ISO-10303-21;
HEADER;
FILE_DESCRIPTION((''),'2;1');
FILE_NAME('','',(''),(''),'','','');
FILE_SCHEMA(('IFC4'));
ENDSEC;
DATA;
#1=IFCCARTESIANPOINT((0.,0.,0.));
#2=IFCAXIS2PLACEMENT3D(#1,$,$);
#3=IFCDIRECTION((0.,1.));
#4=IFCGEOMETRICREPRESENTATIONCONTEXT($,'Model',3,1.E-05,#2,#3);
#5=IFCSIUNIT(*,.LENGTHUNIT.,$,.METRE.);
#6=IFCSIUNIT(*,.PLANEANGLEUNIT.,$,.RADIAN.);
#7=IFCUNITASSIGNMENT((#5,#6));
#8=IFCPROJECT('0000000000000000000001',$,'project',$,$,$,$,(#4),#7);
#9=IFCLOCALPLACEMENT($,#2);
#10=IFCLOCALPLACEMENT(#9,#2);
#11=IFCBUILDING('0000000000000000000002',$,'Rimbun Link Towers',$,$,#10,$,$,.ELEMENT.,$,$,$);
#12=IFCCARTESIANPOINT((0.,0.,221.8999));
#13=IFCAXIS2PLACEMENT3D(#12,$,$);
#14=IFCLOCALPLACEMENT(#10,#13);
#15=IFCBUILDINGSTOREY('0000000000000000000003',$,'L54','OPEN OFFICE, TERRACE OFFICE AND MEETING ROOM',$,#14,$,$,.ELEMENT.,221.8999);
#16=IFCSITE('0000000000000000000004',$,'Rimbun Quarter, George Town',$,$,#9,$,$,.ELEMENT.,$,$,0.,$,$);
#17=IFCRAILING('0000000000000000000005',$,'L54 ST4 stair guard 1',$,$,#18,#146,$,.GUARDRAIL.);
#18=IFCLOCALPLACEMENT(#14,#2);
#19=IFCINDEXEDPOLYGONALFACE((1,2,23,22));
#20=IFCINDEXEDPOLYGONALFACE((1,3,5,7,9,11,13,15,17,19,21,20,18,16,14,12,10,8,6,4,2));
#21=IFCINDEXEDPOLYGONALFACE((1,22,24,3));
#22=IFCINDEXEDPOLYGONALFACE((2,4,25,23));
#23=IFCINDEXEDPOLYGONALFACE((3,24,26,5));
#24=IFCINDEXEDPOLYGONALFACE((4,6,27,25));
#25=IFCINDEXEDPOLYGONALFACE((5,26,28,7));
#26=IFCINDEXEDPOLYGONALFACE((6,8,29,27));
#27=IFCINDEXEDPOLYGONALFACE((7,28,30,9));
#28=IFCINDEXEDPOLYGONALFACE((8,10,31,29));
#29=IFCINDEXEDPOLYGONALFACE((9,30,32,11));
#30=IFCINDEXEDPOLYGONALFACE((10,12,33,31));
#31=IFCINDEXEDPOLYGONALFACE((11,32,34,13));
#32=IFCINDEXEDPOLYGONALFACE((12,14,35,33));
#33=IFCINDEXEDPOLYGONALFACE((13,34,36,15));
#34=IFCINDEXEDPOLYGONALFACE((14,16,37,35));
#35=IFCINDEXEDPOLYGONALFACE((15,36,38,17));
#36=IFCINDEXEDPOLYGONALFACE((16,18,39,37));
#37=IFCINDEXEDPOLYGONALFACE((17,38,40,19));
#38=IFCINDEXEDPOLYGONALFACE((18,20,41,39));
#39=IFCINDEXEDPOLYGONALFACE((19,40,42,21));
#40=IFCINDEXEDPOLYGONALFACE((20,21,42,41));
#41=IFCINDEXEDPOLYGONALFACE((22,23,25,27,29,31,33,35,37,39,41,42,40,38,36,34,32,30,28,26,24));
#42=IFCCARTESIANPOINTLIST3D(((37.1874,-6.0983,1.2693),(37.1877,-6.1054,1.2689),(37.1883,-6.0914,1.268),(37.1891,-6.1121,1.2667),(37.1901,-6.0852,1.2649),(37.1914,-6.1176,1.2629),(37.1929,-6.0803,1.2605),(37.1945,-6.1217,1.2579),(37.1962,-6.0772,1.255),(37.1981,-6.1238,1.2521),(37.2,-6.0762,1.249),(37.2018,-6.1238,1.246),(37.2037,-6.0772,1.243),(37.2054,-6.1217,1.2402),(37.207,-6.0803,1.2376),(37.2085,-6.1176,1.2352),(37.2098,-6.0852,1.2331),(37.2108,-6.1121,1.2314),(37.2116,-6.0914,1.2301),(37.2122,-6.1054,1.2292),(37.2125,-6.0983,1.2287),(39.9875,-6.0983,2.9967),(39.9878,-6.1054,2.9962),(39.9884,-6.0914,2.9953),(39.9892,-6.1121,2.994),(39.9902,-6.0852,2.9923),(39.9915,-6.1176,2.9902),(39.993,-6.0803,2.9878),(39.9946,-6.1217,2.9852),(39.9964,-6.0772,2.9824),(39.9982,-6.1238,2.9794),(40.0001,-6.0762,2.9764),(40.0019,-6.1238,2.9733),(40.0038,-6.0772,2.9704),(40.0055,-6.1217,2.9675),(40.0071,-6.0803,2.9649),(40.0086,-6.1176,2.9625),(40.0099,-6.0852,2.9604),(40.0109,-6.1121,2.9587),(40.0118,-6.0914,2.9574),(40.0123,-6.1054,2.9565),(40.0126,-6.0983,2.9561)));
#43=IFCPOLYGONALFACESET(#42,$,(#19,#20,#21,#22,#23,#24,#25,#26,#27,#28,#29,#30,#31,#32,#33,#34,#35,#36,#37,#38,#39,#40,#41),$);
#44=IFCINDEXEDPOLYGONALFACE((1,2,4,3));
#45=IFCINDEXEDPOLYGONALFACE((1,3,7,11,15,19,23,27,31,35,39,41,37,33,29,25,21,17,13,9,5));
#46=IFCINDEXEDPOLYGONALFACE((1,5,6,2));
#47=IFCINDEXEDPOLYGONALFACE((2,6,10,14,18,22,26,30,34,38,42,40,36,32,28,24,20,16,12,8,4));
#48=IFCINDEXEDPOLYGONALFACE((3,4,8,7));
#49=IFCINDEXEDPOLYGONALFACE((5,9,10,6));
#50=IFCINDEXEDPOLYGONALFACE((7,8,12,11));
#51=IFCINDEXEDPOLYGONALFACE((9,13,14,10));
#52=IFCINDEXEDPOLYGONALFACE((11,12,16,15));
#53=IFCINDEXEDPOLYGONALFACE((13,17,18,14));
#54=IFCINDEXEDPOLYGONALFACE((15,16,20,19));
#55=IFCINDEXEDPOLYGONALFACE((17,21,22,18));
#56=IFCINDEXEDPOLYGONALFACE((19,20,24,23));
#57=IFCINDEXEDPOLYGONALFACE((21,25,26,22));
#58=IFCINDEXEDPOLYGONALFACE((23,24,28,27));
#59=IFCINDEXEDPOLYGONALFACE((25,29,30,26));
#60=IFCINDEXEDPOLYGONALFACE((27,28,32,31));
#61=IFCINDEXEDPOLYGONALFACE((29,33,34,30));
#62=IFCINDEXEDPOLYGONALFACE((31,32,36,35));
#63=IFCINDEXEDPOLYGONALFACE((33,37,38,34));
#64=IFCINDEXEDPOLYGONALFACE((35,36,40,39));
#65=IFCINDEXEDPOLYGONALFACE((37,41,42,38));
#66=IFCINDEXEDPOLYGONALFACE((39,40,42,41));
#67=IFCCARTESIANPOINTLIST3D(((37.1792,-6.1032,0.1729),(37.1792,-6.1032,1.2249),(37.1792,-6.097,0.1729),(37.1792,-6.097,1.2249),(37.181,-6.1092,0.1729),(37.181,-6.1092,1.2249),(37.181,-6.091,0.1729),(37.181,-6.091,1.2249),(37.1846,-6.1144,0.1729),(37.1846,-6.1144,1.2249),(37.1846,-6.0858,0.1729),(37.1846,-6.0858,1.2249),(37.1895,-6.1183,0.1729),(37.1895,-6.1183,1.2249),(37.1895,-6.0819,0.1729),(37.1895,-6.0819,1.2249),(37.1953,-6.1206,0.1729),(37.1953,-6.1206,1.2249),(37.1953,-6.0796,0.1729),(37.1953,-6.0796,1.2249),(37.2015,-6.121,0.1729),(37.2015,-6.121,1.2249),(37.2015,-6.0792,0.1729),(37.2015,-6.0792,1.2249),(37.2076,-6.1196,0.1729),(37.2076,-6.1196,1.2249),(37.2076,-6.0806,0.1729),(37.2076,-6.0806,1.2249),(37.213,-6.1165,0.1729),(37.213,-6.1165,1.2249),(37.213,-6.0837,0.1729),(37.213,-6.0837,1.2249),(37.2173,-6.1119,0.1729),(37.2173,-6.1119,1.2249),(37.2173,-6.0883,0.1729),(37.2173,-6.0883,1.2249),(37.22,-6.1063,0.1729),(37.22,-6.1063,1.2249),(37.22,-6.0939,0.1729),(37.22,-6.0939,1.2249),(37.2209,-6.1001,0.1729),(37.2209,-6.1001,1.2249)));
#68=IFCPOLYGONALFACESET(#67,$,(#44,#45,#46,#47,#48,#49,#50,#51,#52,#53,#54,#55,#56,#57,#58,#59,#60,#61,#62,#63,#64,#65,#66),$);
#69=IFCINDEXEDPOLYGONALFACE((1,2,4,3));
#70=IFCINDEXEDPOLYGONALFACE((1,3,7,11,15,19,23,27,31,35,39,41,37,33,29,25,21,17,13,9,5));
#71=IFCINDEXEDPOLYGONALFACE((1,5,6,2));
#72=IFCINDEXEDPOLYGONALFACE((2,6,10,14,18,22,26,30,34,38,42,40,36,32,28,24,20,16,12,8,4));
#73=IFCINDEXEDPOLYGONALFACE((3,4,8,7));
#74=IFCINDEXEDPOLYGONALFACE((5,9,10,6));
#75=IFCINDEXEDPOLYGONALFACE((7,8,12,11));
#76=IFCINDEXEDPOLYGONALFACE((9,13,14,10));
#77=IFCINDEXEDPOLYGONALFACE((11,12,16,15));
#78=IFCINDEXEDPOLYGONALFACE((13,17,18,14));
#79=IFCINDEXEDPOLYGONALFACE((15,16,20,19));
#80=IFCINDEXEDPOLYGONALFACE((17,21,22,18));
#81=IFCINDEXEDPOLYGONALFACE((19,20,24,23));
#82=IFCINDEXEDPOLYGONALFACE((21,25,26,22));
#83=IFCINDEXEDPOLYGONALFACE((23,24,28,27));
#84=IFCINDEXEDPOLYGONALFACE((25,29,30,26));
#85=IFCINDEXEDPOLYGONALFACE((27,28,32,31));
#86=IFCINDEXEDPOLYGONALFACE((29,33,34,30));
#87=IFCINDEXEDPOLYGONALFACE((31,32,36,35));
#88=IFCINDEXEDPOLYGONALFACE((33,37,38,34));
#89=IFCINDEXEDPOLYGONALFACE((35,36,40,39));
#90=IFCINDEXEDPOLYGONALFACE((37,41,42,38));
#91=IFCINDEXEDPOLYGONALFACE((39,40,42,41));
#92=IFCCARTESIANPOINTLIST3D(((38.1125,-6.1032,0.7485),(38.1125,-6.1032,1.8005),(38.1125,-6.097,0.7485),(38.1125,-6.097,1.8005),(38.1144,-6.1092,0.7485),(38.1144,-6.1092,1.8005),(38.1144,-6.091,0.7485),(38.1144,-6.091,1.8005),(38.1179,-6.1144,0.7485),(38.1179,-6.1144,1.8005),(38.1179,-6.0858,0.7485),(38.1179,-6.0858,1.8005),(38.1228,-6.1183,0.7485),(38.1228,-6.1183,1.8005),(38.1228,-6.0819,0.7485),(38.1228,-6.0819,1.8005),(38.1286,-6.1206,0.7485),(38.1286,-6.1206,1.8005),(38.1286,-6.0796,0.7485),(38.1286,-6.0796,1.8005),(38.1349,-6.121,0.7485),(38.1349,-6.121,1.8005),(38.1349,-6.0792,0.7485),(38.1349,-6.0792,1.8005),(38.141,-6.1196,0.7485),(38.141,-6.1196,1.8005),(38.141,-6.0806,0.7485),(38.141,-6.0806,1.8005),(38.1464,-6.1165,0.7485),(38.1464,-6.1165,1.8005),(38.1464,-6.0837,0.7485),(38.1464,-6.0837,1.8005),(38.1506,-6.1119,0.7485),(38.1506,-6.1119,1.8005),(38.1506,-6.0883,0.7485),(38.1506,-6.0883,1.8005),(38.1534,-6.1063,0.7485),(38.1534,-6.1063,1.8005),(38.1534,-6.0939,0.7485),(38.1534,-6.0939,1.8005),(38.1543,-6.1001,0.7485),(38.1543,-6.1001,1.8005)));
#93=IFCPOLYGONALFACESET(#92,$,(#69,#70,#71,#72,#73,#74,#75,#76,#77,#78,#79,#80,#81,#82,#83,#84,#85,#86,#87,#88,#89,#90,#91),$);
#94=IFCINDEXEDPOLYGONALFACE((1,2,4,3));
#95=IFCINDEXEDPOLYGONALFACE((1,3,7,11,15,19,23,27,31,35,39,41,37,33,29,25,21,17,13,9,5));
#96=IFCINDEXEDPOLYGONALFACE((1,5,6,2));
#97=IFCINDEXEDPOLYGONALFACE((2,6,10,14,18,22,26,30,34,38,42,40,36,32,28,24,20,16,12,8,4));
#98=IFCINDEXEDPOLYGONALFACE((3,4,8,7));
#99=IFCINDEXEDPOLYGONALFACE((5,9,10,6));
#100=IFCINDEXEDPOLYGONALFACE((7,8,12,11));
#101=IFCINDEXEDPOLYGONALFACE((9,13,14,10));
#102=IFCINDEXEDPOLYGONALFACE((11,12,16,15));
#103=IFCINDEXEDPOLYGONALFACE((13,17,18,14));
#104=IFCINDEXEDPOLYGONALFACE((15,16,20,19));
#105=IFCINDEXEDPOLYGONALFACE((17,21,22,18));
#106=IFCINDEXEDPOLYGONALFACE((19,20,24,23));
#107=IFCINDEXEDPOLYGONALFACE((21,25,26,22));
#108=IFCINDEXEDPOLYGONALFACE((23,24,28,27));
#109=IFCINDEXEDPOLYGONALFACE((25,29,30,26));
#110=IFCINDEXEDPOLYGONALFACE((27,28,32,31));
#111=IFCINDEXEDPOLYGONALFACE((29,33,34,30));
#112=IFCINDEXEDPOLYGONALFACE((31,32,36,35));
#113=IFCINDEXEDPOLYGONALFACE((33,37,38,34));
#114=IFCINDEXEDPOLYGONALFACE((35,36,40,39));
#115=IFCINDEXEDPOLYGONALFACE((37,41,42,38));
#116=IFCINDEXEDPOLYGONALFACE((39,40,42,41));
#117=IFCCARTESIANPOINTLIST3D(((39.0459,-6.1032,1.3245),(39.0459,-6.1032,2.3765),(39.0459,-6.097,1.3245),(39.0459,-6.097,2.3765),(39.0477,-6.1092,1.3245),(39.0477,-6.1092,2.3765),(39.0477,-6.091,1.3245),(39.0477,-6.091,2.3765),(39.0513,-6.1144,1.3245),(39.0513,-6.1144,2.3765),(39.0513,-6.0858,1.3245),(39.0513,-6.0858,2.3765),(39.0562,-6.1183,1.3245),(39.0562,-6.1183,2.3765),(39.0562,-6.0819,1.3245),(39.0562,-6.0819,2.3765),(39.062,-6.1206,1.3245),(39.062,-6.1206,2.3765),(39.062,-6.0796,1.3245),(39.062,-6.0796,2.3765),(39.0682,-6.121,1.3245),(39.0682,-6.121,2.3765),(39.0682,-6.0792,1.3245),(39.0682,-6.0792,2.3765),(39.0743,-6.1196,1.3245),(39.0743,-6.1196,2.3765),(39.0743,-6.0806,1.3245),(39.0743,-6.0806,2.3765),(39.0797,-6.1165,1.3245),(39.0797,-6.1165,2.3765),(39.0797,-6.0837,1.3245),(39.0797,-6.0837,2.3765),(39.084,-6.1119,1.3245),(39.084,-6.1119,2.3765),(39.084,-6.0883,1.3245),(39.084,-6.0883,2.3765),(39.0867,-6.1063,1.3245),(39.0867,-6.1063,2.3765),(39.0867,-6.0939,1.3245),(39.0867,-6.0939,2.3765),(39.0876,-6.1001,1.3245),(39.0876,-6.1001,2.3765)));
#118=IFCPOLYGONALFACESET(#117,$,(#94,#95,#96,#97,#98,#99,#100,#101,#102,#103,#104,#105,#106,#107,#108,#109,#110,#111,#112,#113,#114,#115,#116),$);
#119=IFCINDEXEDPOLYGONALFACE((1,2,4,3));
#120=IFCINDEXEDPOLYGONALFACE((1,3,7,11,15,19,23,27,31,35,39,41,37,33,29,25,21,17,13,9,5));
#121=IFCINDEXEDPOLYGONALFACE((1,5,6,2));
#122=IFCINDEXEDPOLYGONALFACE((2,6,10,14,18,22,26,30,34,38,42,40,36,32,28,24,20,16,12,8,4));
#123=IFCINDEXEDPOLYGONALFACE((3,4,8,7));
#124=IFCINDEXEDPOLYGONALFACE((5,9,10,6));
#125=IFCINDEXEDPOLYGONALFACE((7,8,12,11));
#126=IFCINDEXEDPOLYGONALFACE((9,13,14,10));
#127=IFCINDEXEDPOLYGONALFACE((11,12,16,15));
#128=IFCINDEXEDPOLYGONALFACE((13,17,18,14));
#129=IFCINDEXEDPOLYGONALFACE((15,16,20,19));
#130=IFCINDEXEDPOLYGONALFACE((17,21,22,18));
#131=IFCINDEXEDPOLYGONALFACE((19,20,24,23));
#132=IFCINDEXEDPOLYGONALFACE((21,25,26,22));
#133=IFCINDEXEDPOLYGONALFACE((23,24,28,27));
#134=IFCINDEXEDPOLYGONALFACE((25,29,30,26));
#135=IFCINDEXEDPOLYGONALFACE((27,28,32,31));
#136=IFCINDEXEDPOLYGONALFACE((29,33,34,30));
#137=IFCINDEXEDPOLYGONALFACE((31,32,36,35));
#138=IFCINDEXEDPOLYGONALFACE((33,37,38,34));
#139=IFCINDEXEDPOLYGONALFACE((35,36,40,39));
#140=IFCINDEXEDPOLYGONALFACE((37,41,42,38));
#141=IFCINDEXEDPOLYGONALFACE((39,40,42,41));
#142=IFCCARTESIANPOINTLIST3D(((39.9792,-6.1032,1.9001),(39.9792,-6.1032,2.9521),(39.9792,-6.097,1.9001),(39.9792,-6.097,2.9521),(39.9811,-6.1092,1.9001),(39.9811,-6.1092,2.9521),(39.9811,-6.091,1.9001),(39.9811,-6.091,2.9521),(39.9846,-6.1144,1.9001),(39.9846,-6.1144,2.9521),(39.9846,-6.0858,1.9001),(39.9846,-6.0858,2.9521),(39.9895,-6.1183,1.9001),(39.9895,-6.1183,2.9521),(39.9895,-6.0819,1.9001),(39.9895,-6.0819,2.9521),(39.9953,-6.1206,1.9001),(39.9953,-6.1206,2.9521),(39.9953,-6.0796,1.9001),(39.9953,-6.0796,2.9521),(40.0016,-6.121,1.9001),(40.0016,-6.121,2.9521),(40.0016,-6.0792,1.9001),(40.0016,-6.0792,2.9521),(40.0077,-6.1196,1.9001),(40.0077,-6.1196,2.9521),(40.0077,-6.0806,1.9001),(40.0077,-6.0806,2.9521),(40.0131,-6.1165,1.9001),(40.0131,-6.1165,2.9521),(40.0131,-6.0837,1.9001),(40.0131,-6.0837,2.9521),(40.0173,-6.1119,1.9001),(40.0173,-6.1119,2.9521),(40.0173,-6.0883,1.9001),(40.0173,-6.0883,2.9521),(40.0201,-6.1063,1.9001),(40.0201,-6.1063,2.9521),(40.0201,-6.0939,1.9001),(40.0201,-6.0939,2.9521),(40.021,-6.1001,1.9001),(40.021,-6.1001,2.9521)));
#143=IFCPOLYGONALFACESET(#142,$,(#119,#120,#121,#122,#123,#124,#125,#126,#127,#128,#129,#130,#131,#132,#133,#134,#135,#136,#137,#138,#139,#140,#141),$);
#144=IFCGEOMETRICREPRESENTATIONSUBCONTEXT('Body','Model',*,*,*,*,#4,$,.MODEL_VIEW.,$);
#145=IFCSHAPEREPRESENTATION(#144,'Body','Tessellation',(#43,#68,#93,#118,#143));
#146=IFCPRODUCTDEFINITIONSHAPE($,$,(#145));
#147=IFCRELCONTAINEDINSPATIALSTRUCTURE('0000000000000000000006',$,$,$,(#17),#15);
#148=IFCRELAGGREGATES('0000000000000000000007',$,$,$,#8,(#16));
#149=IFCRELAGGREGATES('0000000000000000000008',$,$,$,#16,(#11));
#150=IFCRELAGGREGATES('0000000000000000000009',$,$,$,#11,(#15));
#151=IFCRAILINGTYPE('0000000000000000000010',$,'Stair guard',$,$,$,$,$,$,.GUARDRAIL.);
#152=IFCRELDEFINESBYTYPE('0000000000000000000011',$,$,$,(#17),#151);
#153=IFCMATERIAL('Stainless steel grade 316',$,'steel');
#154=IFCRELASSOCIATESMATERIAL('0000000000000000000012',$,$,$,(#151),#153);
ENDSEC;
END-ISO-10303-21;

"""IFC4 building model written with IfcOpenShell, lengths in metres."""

from ifc_helpers import new_model, si_unit, direction, frame, origin, origin_2d, place, context, subcontext, project, spatial, circle, extrude, material, type_object, element, save


model = new_model("IFC4")

# Units and contexts
model_context = context("Model", 3, precision=1e-05, world=origin(), true_north=direction((0.0, 1.0)))
body_context = subcontext(model_context, "Body", "Model", "MODEL_VIEW")
ifc_project = project(units=[si_unit("LENGTHUNIT", "METRE"), si_unit("PLANEANGLEUNIT", "RADIAN")], contexts=[model_context])

# Site, building, storey
site_placement = place(None, origin())
site = spatial("IfcSite", under=ifc_project, at=site_placement, Name="Rimbun Quarter, George Town", CompositionType="ELEMENT", RefElevation=0.0)
building_placement = place(site_placement, origin())
building = spatial("IfcBuilding", under=site, at=building_placement, Name="Rimbun Link Towers", CompositionType="ELEMENT")
storey_placement = place(building_placement, frame((0.0, 0.0, 221.8999)))
storey = spatial("IfcBuildingStorey", under=building, at=storey_placement, Name="L54", Description="OPEN OFFICE, TERRACE OFFICE AND MEETING ROOM", CompositionType="ELEMENT", Elevation=221.8999)

# Railing
ifc_material_1 = material(Name="Stainless steel grade 316", Category="steel")
railing_type_1 = type_object("IfcRailingType", Name="Stair guard", PredefinedType="GUARDRAIL", material=ifc_material_1)
railing_1_placement = place(storey_placement, frame((37.2, -6.1001, 0.1729)))
element("IfcRailing", 1, at=railing_1_placement, inside=storey, type_object=railing_type_1, Name="L54 ST4 stair guard 1", PredefinedType="GUARDRAIL", context=body_context, shape_type="SweptSolid", body=[
    extrude(circle(Radius=0.0239, at=origin_2d()), frame((0.0, 0.0, 1.0762), z_axis=(0.85109, 0.0, 0.52502), x_axis=(0.0, 1.0, 0.0)), (0.0, 0.0, 1.0), 3.29),
    extrude(circle(Radius=0.021, at=origin_2d()), origin(), (0.0, 0.0, 1.0), 1.052),
    extrude(circle(Radius=0.021, at=origin_2d()), frame((0.9333, 0.0, 0.5757)), (0.0, 0.0, 1.0), 1.052),
    extrude(circle(Radius=0.021, at=origin_2d()), frame((1.8667, 0.0, 1.1516)), (0.0, 0.0, 1.0), 1.052),
    extrude(circle(Radius=0.021, at=origin_2d()), frame((2.8, 0.0, 1.7273)), (0.0, 0.0, 1.0), 1.052),
])

save(model, "model.ifc")
